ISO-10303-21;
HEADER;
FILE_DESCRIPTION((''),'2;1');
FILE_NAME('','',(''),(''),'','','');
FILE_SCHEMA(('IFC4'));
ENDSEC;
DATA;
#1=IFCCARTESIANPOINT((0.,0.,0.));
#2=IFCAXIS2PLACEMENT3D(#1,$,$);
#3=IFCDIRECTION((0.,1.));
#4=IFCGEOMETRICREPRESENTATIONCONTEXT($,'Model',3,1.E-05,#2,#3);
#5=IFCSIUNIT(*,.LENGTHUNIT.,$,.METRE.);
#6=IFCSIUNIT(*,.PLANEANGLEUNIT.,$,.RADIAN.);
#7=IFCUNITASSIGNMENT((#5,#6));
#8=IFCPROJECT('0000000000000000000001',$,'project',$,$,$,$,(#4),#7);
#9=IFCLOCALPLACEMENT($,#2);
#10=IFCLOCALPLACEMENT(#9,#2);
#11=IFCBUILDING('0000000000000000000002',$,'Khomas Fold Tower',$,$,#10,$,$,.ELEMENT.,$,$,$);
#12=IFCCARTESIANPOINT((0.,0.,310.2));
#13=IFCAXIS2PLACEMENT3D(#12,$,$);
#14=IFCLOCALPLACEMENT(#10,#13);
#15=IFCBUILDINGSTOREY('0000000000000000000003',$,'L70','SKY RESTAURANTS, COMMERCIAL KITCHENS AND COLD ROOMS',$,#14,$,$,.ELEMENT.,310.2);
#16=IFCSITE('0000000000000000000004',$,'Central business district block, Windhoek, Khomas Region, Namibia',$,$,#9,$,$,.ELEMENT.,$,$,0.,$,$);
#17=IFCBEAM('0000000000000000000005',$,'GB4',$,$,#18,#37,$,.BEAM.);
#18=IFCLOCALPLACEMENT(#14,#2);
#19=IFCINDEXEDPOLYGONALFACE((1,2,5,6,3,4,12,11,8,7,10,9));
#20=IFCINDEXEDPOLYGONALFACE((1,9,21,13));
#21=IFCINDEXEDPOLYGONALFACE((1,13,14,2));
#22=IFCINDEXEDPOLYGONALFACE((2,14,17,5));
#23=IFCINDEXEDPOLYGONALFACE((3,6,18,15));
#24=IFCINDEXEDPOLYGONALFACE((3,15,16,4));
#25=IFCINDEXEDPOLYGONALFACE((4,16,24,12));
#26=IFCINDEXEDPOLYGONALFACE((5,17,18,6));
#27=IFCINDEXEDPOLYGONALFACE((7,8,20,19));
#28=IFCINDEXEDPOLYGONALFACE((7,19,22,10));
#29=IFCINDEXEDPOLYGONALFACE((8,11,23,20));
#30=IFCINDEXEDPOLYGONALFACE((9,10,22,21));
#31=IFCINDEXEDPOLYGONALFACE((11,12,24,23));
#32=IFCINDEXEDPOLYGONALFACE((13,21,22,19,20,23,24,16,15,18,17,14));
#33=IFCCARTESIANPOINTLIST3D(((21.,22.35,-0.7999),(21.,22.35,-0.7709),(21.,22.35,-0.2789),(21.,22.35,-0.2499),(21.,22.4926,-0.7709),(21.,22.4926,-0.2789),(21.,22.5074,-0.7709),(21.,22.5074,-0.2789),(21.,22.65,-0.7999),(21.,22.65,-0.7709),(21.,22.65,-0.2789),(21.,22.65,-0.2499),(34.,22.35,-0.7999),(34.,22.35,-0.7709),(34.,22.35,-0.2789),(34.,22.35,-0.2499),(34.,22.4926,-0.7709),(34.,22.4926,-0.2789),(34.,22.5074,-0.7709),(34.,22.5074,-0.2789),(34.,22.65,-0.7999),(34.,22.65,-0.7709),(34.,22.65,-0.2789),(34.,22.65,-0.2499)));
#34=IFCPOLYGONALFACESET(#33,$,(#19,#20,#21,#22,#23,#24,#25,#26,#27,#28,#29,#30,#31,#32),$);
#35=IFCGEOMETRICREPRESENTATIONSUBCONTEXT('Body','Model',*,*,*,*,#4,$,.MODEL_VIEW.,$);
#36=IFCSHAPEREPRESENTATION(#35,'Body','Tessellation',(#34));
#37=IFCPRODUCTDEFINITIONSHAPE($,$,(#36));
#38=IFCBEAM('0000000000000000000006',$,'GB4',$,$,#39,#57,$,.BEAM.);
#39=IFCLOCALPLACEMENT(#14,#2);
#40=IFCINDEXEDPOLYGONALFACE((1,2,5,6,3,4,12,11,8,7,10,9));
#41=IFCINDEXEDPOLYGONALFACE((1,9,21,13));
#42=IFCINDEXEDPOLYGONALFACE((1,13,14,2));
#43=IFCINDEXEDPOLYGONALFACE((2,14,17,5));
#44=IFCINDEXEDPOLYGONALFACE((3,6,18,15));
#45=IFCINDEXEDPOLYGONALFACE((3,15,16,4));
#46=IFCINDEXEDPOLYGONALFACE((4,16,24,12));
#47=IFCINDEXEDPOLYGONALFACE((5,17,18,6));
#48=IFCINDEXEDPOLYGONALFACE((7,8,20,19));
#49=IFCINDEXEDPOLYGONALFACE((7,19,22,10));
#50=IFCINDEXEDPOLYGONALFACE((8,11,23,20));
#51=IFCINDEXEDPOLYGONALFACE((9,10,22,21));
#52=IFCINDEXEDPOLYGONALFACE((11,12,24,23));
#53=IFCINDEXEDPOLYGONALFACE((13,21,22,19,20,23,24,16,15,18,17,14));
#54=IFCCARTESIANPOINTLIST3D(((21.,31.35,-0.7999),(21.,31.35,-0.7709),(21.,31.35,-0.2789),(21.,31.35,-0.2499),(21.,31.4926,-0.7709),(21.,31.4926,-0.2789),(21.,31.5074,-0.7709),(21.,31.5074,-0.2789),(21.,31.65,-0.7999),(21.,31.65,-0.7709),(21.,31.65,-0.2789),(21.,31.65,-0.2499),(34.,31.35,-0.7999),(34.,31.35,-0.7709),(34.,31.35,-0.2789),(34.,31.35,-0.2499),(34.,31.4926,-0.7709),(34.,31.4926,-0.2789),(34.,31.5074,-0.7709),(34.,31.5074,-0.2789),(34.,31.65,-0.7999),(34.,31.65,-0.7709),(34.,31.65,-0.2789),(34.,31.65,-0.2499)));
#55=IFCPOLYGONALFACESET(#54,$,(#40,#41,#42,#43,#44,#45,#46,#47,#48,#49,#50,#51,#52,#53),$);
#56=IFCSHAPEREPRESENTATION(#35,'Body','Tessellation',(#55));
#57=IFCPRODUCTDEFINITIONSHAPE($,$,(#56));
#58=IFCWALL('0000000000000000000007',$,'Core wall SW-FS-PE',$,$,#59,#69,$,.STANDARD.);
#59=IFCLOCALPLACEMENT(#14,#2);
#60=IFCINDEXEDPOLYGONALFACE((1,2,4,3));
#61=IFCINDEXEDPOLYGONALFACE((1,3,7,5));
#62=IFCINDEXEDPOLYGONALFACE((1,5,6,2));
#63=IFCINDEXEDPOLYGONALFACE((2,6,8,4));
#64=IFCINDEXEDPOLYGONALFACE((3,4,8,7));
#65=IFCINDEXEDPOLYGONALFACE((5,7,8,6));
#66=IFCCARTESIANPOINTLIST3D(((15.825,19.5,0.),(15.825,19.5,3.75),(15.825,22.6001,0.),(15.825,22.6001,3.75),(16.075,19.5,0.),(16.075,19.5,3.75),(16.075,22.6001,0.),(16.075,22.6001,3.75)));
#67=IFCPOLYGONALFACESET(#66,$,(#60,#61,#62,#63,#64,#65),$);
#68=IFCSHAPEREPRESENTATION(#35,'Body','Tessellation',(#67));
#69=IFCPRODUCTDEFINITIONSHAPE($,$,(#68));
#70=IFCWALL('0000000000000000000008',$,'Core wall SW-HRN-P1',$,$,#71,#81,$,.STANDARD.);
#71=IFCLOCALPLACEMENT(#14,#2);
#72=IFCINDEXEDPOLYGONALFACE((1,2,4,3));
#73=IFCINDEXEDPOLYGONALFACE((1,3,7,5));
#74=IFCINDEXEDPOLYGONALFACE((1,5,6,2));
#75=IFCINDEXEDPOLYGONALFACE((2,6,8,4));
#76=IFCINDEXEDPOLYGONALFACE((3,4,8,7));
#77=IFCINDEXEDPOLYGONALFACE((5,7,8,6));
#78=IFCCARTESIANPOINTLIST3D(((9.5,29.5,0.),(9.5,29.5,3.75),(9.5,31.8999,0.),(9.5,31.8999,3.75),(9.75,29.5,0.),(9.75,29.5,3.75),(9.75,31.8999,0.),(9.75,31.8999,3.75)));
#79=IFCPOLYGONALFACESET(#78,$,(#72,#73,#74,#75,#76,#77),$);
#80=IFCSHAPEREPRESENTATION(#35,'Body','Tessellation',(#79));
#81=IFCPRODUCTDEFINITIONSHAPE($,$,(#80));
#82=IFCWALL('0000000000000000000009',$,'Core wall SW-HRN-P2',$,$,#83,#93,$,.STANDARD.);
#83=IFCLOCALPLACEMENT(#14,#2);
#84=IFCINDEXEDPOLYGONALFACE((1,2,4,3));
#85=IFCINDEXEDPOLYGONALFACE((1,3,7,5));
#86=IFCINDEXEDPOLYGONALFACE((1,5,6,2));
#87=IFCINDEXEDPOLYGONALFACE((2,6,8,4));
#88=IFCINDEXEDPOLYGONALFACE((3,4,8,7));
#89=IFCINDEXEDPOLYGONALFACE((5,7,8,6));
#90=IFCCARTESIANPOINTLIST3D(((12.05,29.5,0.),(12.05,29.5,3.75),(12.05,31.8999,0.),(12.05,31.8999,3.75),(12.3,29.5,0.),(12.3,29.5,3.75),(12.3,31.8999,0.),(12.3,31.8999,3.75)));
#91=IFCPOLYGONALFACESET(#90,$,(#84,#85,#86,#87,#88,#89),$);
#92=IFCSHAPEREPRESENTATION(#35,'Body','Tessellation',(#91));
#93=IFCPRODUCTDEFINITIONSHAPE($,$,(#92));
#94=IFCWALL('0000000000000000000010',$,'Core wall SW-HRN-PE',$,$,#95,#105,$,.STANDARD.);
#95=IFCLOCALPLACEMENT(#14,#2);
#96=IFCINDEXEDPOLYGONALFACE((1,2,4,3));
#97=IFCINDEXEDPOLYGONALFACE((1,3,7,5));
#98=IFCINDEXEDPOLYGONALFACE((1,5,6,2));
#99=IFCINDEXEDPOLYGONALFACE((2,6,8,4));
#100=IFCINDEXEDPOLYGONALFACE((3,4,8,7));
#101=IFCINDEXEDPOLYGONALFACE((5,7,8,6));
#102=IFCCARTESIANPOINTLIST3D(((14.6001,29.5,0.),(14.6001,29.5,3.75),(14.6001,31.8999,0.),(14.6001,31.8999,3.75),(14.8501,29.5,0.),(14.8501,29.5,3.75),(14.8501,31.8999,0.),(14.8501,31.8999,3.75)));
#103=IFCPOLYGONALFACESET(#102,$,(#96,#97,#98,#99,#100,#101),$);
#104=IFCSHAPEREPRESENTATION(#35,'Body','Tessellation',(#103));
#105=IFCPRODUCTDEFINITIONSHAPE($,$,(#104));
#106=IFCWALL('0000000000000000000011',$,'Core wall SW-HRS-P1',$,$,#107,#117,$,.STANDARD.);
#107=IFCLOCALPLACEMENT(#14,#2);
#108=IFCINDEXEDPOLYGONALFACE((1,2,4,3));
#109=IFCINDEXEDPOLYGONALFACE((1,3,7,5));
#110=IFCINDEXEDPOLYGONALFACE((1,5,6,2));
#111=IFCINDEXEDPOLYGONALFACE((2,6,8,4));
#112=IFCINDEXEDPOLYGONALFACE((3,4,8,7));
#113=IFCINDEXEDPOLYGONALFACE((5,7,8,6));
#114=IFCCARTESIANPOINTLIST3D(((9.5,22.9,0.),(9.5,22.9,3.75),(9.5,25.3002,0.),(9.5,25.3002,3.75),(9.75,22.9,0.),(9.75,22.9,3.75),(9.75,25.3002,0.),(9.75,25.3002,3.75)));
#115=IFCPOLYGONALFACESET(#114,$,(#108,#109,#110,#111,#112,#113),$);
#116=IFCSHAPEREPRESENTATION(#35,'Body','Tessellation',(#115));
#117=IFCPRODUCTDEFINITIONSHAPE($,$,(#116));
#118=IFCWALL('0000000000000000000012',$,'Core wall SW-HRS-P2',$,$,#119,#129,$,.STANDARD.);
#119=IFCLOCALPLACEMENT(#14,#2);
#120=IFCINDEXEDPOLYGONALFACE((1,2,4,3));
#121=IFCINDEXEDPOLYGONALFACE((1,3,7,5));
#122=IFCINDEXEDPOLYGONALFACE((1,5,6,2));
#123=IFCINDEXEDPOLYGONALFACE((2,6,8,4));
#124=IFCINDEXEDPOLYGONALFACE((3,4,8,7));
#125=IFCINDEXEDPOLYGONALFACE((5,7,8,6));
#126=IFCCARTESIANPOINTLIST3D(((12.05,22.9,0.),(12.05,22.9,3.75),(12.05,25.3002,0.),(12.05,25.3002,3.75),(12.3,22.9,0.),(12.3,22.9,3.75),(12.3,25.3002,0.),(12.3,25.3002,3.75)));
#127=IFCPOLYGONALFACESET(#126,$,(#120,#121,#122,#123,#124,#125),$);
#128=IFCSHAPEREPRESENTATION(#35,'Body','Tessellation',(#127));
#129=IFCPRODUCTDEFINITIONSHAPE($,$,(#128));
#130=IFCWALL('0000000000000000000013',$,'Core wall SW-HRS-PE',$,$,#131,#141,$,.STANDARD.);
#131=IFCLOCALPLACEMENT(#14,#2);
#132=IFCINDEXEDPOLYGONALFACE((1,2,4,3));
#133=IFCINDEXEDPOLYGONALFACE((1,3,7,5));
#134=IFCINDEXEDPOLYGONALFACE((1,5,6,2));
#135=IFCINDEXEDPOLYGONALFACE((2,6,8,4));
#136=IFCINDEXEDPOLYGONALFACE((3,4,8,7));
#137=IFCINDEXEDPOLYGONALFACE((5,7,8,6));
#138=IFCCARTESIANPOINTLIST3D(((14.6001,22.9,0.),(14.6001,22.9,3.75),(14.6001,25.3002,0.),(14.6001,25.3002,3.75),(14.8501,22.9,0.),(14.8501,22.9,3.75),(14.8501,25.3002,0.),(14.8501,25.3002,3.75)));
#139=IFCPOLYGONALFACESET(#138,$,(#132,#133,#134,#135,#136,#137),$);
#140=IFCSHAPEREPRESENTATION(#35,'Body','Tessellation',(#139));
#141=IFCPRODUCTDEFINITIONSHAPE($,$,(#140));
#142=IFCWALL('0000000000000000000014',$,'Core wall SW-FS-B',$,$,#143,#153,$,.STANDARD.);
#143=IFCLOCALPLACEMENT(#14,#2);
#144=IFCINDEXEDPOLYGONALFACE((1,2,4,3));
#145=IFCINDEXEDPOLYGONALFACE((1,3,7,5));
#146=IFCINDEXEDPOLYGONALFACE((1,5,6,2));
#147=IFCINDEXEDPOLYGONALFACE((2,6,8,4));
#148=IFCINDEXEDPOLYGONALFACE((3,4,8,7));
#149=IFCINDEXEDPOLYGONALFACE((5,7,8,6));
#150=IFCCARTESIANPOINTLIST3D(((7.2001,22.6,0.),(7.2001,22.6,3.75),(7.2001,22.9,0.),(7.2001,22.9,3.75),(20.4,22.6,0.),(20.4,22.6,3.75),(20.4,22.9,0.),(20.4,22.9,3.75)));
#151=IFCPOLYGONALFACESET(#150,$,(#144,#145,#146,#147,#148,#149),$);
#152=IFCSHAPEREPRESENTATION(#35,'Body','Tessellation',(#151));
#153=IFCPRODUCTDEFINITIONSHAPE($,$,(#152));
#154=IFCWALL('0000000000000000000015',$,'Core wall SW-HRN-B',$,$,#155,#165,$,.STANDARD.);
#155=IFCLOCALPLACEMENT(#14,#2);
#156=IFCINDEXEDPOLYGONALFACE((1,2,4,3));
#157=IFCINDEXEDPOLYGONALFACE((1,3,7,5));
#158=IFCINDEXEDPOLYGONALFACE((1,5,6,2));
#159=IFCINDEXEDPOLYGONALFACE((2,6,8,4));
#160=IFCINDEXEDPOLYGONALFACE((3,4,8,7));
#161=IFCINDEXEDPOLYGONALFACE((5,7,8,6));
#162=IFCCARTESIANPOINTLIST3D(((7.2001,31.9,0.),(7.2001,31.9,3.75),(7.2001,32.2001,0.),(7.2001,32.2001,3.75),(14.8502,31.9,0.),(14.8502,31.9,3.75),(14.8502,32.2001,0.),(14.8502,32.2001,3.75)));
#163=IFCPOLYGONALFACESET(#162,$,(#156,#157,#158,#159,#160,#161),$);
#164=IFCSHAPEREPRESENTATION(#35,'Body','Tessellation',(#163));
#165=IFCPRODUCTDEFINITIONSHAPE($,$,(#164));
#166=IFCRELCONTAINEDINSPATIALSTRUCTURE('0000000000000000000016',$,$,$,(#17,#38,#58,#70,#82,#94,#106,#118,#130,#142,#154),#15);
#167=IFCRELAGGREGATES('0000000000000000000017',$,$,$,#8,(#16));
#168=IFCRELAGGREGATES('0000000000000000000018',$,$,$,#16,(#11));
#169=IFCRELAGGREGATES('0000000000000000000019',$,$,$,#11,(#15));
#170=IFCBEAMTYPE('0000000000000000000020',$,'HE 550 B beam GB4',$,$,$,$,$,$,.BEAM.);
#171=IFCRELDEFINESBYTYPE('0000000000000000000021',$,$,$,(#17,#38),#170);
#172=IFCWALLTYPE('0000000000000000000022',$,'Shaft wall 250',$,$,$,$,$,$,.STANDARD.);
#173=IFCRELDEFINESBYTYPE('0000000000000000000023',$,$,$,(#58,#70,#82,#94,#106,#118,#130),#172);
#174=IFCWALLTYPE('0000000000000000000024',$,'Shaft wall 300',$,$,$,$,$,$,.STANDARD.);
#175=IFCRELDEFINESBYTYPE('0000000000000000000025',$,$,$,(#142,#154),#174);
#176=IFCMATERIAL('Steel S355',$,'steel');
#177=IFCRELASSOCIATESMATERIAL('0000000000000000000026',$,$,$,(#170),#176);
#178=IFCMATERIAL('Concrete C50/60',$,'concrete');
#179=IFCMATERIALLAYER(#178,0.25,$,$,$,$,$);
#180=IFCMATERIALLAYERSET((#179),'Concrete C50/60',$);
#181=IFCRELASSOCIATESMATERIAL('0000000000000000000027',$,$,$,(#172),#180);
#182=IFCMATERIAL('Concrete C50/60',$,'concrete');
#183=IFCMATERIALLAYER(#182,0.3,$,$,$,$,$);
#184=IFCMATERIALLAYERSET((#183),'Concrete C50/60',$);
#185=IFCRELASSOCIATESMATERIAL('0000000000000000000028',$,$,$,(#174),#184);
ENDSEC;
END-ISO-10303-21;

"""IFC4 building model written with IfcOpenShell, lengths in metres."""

from ifc_helpers import new_model, si_unit, direction, frame, frame_2d, origin, origin_2d, place, context, subcontext, project, spatial, rectangle, i_section, extrude, source, transform, mapped, material, layer, layer_set, material_profile, profile_set, type_object, element, save


model = new_model("IFC4")

# Units and contexts
model_context = context("Model", 3, precision=1e-05, world=origin(), true_north=direction((0.0, 1.0)))
body_context = subcontext(model_context, "Body", "Model", "MODEL_VIEW")
ifc_project = project(units=[si_unit("LENGTHUNIT", "METRE"), si_unit("PLANEANGLEUNIT", "RADIAN")], contexts=[model_context])

# Site, building, storey
site_placement = place(None, origin())
site = spatial("IfcSite", under=ifc_project, at=site_placement, Name="Central business district block, Windhoek, Khomas Region, Namibia", CompositionType="ELEMENT", RefElevation=0.0)
building_placement = place(site_placement, origin())
building = spatial("IfcBuilding", under=site, at=building_placement, Name="Khomas Fold Tower", CompositionType="ELEMENT")
storey_placement = place(building_placement, frame((0.0, 0.0, 310.2)))
storey = spatial("IfcBuildingStorey", under=building, at=storey_placement, Name="L70", Description="SKY RESTAURANTS, COMMERCIAL KITCHENS AND COLD ROOMS", CompositionType="ELEMENT", Elevation=310.2)

# Beams
ifc_material_1 = material(Name="Steel S355", Category="steel")
ifc_material_profile = material_profile(ifc_material_1, i_section(OverallWidth=0.3, OverallDepth=0.55, WebThickness=0.0149, FlangeThickness=0.0291, at=origin_2d()), Name="HE 550 B")
ifc_profile_set = profile_set([ifc_material_profile], Name="Steel S355")
beam_type = type_object("IfcBeamType", Name="HE 550 B beam GB4", PredefinedType="BEAM", material=ifc_profile_set)
shared_shape_1 = source(origin(), body_context, "Body", "SweptSolid", [
    extrude(i_section(OverallWidth=0.3, OverallDepth=0.55, WebThickness=0.0149, FlangeThickness=0.0291, at=origin_2d()), origin(), (0.0, 0.0, 1.0), 13.0),
])
for number, where, z_axis, x_axis, name in (
    (1, (21.0, 22.5, -0.5249), (1.0, 0.0, 0.0), (0.0, 1.0, 0.0), "GB4"),
    (2, (21.0, 31.5, -0.5249), (1.0, 0.0, 0.0), (0.0, 1.0, 0.0), "GB4"),
):
    element("IfcBeam", number, at=place(storey_placement, frame(where, z_axis=z_axis, x_axis=x_axis)), inside=storey, type_object=beam_type, Name=name, PredefinedType="BEAM", context=body_context, shape_type="MappedRepresentation", body=[
        mapped(shared_shape_1, transform((0.0, 0.0, 0.0))),
    ])

# Walls
ifc_material_2 = material(Name="Concrete C50/60", Category="concrete")
ifc_layer_1 = layer(ifc_material_2, 0.25)
ifc_layer_set_1 = layer_set([ifc_layer_1], Name="Concrete C50/60")
wall_type_1 = type_object("IfcWallType", Name="Shaft wall 250", PredefinedType="STANDARD", material=ifc_layer_set_1)
shared_shape_2 = source(origin(), body_context, "Body", "SweptSolid", [
    extrude(rectangle(XDim=3.1001, YDim=0.25, at=frame_2d((1.55, 0.0))), origin(), (0.0, 0.0, 1.0), 3.75),
])
wall_1_placement = place(storey_placement, frame((15.95, 19.5, 0.0), z_axis=(0.0, 0.0, 1.0), x_axis=(0.0, 1.0, 0.0)))
element("IfcWall", 3, at=wall_1_placement, inside=storey, type_object=wall_type_1, Name="Core wall SW-FS-PE", PredefinedType="STANDARD", context=body_context, shape_type="MappedRepresentation", body=[
    mapped(shared_shape_2, transform((0.0, 0.0, 0.0))),
])
shared_shape_3 = source(origin(), body_context, "Body", "SweptSolid", [
    extrude(rectangle(XDim=2.3999, YDim=0.25, at=frame_2d((1.2, 0.0))), origin(), (0.0, 0.0, 1.0), 3.75),
])
for number, where, z_axis, x_axis, name in (
    (4, (9.625, 29.5, 0.0), (0.0, 0.0, 1.0), (0.0, 1.0, 0.0), "Core wall SW-HRN-P1"),
    (5, (12.175, 29.5, 0.0), (0.0, 0.0, 1.0), (0.0, 1.0, 0.0), "Core wall SW-HRN-P2"),
    (6, (14.7251, 29.5, 0.0), (0.0, 0.0, 1.0), (0.0, 1.0, 0.0), "Core wall SW-HRN-PE"),
):
    element("IfcWall", number, at=place(storey_placement, frame(where, z_axis=z_axis, x_axis=x_axis)), inside=storey, type_object=wall_type_1, Name=name, PredefinedType="STANDARD", context=body_context, shape_type="MappedRepresentation", body=[
        mapped(shared_shape_3, transform((0.0, 0.0, 0.0))),
    ])
shared_shape_4 = source(origin(), body_context, "Body", "SweptSolid", [
    extrude(rectangle(XDim=2.4001, YDim=0.25, at=frame_2d((1.2002, 0.0))), origin(), (0.0, 0.0, 1.0), 3.75),
])
for number, where, z_axis, x_axis, name in (
    (7, (9.625, 22.8999, 0.0), (0.0, 0.0, 1.0), (0.0, 1.0, 0.0), "Core wall SW-HRS-P1"),
    (8, (12.175, 22.8999, 0.0), (0.0, 0.0, 1.0), (0.0, 1.0, 0.0), "Core wall SW-HRS-P2"),
    (9, (14.7251, 22.8999, 0.0), (0.0, 0.0, 1.0), (0.0, 1.0, 0.0), "Core wall SW-HRS-PE"),
):
    element("IfcWall", number, at=place(storey_placement, frame(where, z_axis=z_axis, x_axis=x_axis)), inside=storey, type_object=wall_type_1, Name=name, PredefinedType="STANDARD", context=body_context, shape_type="MappedRepresentation", body=[
        mapped(shared_shape_4, transform((0.0, 0.0, 0.0))),
    ])
ifc_material_3 = material(Name="Concrete C50/60", Category="concrete")
ifc_layer_2 = layer(ifc_material_3, 0.3)
ifc_layer_set_2 = layer_set([ifc_layer_2], Name="Concrete C50/60")
wall_type_2 = type_object("IfcWallType", Name="Shaft wall 300", PredefinedType="STANDARD", material=ifc_layer_set_2)
shared_shape_5 = source(origin(), body_context, "Body", "SweptSolid", [
    extrude(rectangle(XDim=13.2, YDim=0.3, at=frame_2d((6.6001, 0.0))), origin(), (0.0, 0.0, 1.0), 3.75),
])
wall_2_placement = place(storey_placement, frame((7.2, 22.75, 0.0), z_axis=(0.0, 0.0, 1.0), x_axis=(1.0, 0.0, 0.0)))
element("IfcWall", 10, at=wall_2_placement, inside=storey, type_object=wall_type_2, Name="Core wall SW-FS-B", PredefinedType="STANDARD", context=body_context, shape_type="MappedRepresentation", body=[
    mapped(shared_shape_5, transform((0.0, 0.0, 0.0))),
])
shared_shape_6 = source(origin(), body_context, "Body", "SweptSolid", [
    extrude(rectangle(XDim=7.6501, YDim=0.3, at=frame_2d((3.8252, 0.0))), origin(), (0.0, 0.0, 1.0), 3.75),
])
wall_3_placement = place(storey_placement, frame((7.2, 32.05, 0.0), z_axis=(0.0, 0.0, 1.0), x_axis=(1.0, 0.0, 0.0)))
element("IfcWall", 11, at=wall_3_placement, inside=storey, type_object=wall_type_2, Name="Core wall SW-HRN-B", PredefinedType="STANDARD", context=body_context, shape_type="MappedRepresentation", body=[
    mapped(shared_shape_6, transform((0.0, 0.0, 0.0))),
])

save(model, "model.ifc")
